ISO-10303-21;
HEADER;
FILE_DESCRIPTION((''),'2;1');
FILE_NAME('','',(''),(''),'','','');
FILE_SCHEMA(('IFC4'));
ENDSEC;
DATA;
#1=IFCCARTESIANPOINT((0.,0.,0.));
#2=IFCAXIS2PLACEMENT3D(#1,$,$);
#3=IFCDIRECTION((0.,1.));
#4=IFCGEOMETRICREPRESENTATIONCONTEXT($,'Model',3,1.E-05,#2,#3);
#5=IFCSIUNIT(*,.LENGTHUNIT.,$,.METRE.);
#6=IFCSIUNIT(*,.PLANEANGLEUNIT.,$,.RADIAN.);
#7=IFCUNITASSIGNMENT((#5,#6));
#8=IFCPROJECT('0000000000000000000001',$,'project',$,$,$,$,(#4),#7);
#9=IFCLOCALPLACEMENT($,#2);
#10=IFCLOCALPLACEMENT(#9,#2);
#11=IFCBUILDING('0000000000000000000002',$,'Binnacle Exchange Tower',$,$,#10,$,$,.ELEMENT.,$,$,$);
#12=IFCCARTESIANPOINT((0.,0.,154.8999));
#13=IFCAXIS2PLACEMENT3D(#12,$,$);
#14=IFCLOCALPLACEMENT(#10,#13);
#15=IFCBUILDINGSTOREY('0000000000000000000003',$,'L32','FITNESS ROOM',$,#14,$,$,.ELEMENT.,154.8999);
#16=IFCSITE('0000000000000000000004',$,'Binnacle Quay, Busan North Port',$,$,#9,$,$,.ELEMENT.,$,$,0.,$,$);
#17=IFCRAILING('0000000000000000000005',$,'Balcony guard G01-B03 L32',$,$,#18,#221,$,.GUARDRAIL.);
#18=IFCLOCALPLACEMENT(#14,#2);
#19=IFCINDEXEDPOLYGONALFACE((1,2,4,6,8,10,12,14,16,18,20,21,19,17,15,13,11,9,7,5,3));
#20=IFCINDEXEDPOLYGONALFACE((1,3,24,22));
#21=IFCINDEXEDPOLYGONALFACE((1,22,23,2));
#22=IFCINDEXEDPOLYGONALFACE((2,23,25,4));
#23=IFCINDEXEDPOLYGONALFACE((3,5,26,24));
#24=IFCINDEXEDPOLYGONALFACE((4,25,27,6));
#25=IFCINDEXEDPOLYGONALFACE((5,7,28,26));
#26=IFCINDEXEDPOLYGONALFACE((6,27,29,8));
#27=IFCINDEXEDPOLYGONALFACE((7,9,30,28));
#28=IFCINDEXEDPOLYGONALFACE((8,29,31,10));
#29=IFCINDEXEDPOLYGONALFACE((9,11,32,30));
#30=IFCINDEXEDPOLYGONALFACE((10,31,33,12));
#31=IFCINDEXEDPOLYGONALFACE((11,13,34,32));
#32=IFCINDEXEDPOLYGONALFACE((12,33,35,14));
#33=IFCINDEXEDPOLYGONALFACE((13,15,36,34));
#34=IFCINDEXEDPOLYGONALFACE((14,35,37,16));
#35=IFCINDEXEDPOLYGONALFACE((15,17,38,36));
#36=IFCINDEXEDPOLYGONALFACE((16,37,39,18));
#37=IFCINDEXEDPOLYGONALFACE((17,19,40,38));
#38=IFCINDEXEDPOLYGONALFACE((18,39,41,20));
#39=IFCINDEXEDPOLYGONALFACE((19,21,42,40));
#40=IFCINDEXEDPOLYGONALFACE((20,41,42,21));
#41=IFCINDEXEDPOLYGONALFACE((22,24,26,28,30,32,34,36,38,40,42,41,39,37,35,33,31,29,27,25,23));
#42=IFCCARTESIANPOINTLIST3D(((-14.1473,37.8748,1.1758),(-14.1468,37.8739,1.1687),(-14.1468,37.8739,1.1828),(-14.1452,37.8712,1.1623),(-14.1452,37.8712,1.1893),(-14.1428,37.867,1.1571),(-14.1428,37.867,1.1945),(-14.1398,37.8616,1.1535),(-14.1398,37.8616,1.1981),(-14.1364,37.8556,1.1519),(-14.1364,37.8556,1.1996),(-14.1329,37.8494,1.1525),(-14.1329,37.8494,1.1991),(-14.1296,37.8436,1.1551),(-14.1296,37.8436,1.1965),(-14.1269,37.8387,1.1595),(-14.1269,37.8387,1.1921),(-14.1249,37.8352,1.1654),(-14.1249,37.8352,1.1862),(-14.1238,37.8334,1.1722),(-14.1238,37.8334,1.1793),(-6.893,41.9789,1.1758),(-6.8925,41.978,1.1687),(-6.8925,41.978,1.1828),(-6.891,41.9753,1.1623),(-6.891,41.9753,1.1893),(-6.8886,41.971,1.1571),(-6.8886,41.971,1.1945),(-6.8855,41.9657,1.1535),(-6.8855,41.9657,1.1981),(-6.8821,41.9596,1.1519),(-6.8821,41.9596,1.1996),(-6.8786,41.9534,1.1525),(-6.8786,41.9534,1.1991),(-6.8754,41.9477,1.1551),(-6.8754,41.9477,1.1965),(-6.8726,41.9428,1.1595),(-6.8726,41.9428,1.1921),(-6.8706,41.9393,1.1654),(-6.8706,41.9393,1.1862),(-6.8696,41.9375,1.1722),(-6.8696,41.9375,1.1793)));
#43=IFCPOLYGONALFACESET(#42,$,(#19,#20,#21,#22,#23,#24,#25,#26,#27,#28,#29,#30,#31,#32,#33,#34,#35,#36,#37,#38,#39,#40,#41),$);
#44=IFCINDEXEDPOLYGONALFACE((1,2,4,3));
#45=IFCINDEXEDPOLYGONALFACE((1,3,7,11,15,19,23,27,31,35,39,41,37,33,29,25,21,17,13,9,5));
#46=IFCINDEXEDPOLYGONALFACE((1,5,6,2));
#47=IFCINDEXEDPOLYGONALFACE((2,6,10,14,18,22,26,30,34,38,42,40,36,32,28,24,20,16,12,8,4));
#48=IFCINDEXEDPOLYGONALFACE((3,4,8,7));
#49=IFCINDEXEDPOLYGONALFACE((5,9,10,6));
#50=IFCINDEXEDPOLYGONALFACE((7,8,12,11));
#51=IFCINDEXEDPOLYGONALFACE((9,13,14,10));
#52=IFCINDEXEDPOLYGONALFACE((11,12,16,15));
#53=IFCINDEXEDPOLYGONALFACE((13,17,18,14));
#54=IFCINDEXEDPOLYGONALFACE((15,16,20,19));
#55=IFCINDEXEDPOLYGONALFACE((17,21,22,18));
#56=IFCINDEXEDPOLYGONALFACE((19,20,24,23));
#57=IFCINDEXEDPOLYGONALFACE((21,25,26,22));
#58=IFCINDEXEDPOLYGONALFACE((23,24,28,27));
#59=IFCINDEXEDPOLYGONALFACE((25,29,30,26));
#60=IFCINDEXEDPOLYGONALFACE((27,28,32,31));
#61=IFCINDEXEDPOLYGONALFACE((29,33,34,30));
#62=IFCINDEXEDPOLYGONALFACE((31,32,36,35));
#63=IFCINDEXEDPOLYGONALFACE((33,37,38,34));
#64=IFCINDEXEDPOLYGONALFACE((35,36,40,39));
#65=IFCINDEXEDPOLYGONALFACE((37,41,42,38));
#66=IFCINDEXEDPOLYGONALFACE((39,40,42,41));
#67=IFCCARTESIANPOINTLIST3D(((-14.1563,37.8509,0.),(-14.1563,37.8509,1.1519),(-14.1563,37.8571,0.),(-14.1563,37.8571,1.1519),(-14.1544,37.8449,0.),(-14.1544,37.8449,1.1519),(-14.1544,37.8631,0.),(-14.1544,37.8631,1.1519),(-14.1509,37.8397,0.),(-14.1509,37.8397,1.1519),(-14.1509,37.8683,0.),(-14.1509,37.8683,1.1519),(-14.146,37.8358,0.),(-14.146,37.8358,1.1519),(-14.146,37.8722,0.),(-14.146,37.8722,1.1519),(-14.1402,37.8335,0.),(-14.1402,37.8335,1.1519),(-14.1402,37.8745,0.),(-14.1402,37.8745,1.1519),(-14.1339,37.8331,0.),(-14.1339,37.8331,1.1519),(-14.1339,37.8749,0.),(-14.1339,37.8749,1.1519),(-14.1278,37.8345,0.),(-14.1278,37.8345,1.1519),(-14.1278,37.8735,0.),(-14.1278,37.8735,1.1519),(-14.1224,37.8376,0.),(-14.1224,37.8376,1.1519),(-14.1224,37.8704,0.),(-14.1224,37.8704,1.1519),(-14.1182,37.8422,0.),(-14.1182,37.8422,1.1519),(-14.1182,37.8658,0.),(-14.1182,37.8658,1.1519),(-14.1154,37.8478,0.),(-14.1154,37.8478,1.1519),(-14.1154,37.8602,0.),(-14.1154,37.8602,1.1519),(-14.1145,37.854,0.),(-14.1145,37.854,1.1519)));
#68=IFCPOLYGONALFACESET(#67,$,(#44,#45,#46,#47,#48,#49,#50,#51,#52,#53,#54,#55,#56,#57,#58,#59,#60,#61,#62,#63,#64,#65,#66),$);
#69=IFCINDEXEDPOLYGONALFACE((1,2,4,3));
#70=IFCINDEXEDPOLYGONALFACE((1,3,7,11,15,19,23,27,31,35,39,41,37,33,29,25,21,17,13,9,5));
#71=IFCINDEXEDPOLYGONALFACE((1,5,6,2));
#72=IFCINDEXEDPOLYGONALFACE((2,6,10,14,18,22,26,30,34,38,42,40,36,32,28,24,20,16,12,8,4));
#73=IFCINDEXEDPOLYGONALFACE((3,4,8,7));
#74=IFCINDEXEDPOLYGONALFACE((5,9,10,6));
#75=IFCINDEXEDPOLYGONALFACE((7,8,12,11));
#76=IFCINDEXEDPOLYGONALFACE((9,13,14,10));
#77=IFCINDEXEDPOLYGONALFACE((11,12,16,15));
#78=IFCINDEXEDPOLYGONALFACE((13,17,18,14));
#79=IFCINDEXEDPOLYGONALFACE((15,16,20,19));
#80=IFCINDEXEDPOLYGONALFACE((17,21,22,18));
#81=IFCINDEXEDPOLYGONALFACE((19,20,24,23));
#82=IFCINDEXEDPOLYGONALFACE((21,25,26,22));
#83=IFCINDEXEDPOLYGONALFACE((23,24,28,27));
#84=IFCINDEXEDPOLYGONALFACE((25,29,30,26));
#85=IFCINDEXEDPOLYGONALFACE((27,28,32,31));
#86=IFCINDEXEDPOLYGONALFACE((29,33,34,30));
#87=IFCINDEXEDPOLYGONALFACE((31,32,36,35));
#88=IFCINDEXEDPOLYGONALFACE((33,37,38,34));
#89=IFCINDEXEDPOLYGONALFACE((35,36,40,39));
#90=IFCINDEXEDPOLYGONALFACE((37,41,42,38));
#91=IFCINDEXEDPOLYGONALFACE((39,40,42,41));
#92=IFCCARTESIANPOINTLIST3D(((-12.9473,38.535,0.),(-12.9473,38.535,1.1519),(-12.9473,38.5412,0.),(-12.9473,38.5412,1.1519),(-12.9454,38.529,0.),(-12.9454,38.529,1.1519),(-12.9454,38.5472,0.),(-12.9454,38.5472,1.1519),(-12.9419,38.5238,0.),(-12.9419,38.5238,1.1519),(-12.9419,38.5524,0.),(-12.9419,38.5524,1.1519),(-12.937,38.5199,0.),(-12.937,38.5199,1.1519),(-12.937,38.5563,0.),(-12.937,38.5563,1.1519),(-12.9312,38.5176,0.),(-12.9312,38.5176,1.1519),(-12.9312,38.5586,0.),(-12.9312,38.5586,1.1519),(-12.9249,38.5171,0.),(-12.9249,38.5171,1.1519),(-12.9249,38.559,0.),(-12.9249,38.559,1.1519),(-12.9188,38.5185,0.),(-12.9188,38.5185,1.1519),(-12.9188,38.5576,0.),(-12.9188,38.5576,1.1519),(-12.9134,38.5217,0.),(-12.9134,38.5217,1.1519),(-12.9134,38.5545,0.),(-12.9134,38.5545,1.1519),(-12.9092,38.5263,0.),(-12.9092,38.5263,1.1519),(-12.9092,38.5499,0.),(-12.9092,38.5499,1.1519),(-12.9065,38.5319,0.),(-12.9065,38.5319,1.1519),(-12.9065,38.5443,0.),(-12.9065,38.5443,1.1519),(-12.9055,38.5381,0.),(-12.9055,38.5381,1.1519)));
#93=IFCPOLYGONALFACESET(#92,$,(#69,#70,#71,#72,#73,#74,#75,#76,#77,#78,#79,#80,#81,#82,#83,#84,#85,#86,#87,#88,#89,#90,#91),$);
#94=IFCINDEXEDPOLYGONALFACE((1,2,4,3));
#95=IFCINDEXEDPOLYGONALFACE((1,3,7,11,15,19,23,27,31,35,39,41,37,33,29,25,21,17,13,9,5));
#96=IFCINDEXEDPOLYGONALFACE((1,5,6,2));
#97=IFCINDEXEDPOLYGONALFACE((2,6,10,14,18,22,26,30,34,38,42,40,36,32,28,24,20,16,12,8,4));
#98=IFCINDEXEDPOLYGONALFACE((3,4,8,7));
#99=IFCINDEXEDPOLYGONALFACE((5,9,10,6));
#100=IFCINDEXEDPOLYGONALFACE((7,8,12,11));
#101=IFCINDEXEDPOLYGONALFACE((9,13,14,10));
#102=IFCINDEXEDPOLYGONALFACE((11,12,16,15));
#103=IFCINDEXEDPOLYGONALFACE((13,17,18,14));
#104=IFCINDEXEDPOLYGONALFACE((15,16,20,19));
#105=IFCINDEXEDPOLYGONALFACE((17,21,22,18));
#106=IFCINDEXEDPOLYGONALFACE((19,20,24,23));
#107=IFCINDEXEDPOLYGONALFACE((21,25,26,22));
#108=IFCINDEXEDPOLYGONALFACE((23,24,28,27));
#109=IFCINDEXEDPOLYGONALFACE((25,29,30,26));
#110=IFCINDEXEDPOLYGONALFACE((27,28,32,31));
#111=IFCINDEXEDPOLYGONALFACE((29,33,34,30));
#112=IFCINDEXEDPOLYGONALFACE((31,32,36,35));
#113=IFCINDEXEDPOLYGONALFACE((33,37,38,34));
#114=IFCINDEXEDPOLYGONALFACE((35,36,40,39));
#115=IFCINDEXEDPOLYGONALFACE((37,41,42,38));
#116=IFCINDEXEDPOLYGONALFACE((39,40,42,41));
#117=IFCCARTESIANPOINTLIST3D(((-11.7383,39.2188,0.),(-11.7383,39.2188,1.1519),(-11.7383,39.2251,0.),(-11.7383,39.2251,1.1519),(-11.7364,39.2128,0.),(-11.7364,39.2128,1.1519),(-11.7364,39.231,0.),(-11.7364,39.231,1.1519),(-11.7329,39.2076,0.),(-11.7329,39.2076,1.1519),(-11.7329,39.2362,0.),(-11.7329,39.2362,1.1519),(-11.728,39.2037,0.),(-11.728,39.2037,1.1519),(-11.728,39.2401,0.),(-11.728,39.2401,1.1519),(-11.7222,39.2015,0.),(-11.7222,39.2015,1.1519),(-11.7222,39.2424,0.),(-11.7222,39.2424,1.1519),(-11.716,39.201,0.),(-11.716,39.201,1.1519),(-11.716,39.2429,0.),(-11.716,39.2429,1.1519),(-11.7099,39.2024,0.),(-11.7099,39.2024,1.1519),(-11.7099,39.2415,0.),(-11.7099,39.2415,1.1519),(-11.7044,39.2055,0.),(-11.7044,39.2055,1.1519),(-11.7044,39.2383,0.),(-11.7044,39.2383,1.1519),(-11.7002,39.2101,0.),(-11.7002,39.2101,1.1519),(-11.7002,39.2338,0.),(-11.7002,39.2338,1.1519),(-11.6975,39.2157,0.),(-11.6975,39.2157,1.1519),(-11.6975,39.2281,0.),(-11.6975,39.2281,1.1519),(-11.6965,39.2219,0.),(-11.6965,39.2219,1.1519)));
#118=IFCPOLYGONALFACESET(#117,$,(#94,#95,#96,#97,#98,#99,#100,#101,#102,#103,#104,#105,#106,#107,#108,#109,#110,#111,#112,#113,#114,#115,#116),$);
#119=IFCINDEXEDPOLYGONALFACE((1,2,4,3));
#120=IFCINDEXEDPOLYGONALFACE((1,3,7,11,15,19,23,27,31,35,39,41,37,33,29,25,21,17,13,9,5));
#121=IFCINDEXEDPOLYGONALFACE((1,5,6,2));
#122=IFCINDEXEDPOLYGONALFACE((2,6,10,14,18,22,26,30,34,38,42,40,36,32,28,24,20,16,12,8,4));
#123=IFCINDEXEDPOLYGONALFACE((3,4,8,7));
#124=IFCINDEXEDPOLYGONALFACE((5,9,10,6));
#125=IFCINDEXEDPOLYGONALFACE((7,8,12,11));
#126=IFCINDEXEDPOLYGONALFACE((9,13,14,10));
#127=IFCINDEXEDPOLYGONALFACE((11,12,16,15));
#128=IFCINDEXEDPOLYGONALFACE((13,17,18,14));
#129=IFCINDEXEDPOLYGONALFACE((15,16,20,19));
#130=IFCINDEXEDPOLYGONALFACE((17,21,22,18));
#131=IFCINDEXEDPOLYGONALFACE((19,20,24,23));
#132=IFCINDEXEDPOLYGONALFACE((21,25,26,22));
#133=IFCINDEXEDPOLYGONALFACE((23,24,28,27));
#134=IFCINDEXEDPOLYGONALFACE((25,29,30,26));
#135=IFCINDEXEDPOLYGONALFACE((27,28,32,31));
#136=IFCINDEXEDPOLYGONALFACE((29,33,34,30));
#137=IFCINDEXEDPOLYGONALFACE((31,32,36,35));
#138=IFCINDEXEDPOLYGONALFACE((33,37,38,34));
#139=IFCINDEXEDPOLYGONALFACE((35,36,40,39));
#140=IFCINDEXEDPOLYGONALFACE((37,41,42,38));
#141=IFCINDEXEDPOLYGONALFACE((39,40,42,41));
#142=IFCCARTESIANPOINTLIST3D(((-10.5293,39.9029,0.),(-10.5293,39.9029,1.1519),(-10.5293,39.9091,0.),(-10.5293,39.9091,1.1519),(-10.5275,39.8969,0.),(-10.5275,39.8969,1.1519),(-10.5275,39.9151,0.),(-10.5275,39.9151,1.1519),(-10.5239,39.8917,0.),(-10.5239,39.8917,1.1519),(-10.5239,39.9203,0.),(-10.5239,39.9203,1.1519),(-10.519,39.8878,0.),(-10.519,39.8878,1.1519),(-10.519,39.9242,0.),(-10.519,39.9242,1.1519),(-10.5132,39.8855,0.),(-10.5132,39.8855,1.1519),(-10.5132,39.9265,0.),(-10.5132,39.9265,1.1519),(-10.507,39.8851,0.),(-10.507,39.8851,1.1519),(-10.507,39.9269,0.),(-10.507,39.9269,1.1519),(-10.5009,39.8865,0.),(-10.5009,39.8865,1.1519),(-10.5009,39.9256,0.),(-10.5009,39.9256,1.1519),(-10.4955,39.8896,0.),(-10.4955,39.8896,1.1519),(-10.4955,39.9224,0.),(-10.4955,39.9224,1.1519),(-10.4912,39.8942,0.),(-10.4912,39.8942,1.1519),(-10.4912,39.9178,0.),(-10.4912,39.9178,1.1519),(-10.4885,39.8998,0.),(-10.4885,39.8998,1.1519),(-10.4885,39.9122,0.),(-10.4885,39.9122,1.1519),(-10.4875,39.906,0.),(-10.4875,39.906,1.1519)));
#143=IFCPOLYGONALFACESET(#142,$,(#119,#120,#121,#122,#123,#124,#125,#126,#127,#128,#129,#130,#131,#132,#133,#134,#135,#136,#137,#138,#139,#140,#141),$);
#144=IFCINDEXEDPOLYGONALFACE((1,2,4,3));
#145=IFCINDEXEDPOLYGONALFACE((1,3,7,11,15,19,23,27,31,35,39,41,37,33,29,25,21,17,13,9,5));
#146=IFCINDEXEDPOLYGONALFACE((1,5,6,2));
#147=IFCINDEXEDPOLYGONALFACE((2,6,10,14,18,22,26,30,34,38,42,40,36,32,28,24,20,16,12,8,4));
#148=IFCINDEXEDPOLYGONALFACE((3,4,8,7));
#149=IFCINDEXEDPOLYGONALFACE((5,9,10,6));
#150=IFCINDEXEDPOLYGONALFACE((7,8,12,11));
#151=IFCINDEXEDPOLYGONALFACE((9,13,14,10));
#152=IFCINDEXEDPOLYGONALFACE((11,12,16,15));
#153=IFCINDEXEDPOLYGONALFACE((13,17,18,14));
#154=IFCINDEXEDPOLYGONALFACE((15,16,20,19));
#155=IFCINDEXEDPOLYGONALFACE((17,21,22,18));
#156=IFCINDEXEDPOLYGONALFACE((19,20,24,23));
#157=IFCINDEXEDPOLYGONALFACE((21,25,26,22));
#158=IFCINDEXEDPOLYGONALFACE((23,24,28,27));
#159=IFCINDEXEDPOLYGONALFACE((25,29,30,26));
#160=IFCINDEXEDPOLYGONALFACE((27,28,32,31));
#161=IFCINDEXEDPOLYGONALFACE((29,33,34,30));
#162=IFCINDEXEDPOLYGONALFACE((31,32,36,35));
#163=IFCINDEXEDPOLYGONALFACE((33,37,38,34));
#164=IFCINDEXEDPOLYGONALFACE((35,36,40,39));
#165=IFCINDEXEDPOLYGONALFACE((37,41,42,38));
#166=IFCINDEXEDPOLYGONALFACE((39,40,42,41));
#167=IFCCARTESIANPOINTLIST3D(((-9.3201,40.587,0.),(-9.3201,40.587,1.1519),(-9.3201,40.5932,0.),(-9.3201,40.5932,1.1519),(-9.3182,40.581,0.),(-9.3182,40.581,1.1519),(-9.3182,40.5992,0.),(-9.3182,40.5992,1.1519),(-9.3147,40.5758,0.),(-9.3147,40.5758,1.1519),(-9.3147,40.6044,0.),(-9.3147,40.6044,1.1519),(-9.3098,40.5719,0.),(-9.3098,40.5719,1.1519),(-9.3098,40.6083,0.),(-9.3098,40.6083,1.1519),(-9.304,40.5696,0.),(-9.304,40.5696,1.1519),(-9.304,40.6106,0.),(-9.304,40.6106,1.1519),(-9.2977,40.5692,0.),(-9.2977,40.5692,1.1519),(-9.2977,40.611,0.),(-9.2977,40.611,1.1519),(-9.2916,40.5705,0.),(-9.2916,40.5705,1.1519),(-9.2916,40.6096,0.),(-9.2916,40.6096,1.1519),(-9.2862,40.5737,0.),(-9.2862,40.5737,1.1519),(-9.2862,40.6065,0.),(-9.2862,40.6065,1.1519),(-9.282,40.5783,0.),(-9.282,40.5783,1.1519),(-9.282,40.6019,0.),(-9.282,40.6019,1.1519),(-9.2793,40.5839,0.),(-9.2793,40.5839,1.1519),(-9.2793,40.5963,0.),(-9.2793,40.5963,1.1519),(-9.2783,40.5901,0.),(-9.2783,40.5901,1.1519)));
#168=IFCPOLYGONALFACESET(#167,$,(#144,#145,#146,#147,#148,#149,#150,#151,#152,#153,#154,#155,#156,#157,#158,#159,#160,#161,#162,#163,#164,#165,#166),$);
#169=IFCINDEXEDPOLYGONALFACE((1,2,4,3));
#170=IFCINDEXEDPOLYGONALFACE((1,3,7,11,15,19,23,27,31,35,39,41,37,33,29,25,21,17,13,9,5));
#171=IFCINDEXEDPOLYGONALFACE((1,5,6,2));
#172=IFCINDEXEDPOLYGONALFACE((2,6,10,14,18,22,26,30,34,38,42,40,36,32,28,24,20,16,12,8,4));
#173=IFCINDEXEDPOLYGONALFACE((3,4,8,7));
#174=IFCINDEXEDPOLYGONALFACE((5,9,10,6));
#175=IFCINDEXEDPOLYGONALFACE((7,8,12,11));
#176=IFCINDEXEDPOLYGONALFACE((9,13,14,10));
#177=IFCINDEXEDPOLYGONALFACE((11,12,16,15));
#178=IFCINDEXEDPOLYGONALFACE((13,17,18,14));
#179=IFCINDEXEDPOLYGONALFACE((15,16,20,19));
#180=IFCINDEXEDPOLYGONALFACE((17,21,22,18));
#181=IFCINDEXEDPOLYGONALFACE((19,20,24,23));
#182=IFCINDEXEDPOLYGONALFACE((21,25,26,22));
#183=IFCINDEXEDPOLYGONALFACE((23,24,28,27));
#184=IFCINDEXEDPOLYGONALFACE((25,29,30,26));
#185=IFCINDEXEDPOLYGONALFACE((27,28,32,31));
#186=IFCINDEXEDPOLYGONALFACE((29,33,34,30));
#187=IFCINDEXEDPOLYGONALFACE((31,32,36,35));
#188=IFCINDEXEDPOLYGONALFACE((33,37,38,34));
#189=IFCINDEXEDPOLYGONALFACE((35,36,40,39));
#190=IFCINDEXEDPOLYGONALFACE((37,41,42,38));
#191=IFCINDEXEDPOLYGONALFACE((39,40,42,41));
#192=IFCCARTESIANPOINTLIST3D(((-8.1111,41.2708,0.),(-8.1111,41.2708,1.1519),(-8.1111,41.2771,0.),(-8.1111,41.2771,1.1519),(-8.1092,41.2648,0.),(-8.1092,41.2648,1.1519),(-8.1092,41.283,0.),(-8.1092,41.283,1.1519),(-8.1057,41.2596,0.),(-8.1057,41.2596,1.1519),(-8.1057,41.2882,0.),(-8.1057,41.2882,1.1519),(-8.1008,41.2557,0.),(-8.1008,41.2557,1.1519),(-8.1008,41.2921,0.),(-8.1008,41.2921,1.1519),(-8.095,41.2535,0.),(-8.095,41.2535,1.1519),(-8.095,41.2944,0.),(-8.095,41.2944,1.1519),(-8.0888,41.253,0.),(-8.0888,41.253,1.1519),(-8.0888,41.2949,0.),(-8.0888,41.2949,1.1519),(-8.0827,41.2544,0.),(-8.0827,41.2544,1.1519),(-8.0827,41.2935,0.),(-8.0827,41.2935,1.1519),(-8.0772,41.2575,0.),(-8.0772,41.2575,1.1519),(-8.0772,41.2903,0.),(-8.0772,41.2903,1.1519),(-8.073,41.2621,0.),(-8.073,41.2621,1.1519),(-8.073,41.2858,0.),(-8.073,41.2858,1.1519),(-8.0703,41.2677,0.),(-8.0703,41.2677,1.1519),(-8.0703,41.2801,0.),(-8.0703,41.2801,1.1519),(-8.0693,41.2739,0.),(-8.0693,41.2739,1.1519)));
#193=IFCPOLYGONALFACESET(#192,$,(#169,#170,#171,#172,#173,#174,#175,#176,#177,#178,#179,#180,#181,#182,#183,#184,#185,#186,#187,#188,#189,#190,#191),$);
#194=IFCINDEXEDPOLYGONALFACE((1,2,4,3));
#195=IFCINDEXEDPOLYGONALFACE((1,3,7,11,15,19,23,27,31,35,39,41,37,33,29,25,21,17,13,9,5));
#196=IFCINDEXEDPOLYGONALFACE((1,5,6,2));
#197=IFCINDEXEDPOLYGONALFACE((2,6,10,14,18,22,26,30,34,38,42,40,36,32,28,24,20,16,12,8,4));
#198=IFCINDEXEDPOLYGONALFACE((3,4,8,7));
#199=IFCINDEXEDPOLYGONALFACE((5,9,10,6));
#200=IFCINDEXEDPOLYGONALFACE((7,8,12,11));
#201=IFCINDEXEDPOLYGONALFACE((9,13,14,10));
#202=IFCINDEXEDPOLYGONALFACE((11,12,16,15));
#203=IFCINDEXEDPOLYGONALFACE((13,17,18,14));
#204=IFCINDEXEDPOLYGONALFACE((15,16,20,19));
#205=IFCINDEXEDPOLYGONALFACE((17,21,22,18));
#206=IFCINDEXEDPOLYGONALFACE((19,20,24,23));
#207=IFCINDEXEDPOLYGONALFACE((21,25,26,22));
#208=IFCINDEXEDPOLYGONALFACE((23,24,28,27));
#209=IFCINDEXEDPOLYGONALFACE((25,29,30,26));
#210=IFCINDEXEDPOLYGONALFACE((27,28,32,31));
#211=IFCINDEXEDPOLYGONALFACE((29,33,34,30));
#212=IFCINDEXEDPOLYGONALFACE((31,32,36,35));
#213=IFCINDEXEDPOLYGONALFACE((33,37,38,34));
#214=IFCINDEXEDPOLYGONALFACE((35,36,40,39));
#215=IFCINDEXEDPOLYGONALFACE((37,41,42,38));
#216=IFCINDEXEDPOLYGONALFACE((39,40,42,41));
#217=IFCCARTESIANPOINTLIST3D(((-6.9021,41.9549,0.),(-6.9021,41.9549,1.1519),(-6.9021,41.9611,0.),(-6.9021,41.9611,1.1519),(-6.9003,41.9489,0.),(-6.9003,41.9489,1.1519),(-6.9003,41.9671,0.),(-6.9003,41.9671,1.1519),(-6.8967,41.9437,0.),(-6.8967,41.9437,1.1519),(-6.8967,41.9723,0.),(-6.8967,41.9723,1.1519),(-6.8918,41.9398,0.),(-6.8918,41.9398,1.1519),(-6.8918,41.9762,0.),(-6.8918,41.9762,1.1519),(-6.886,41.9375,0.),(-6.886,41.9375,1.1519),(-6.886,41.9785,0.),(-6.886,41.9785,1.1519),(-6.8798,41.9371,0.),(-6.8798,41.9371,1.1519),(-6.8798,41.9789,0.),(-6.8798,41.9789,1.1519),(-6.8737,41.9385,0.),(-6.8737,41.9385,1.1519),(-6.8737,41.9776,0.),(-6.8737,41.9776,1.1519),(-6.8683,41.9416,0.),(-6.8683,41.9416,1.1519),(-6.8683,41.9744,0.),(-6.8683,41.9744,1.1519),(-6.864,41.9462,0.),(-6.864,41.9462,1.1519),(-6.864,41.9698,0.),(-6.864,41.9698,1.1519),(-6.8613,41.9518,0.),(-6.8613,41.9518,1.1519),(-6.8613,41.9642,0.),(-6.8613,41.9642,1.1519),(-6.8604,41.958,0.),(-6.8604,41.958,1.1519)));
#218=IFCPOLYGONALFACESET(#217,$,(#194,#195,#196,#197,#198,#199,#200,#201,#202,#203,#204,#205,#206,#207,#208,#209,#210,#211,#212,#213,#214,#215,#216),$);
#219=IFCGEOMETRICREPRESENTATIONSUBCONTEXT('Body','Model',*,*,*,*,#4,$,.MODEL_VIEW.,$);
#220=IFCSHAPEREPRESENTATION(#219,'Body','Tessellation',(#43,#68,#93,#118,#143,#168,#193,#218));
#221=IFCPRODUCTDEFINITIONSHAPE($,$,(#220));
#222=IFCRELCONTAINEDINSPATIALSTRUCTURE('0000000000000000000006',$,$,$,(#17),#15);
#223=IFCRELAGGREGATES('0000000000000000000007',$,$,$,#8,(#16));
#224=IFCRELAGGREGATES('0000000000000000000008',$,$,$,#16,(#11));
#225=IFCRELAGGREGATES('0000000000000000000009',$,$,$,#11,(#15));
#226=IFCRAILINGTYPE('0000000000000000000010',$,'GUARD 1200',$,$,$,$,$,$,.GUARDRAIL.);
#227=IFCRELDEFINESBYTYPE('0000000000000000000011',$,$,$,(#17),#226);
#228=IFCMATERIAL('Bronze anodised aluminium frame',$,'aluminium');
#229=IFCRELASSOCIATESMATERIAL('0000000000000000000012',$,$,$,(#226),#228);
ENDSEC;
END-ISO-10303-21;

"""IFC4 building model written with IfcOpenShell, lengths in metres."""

from ifc_helpers import new_model, si_unit, direction, frame, origin, origin_2d, place, context, subcontext, project, spatial, circle, extrude, material, type_object, element, save


model = new_model("IFC4")

# Units and contexts
model_context = context("Model", 3, precision=1e-05, world=origin(), true_north=direction((0.0, 1.0)))
body_context = subcontext(model_context, "Body", "Model", "MODEL_VIEW")
ifc_project = project(units=[si_unit("LENGTHUNIT", "METRE"), si_unit("PLANEANGLEUNIT", "RADIAN")], contexts=[model_context])

# Site, building, storey
site_placement = place(None, origin())
site = spatial("IfcSite", under=ifc_project, at=site_placement, Name="Binnacle Quay, Busan North Port", CompositionType="ELEMENT", RefElevation=0.0)
building_placement = place(site_placement, origin())
building = spatial("IfcBuilding", under=site, at=building_placement, Name="Binnacle Exchange Tower", CompositionType="ELEMENT")
storey_placement = place(building_placement, frame((0.0, 0.0, 154.8999)))
storey = spatial("IfcBuildingStorey", under=building, at=storey_placement, Name="L32", Description="FITNESS ROOM", CompositionType="ELEMENT", Elevation=154.8999)

# Railing
ifc_material_1 = material(Name="Bronze anodised aluminium frame", Category="aluminium")
railing_type = type_object("IfcRailingType", Name="GUARD 1200", PredefinedType="GUARDRAIL", material=ifc_material_1)
railing_1_placement = place(storey_placement, frame((-14.1355, 37.854, 0.0)))
element("IfcRailing", 1, at=railing_1_placement, inside=storey, type_object=railing_type, Name="Balcony guard G01-B03 L32", PredefinedType="GUARDRAIL", context=body_context, shape_type="SweptSolid", body=[
    extrude(circle(Radius=0.0239, at=origin_2d()), frame((0.0, 0.0, 1.1758), z_axis=(0.870366, 0.492406, 0.0), x_axis=(-0.492406, 0.870366, 0.0)), (0.0, 0.0, 1.0), 8.3347),
    extrude(circle(Radius=0.021, at=origin_2d()), origin(), (0.0, 0.0, 1.0), 1.1519),
    extrude(circle(Radius=0.021, at=origin_2d()), frame((1.209, 0.6841, 0.0)), (0.0, 0.0, 1.0), 1.1519),
    extrude(circle(Radius=0.021, at=origin_2d()), frame((2.418, 1.3679, 0.0)), (0.0, 0.0, 1.0), 1.1519),
    extrude(circle(Radius=0.021, at=origin_2d()), frame((3.627, 2.052, 0.0)), (0.0, 0.0, 1.0), 1.1519),
    extrude(circle(Radius=0.021, at=origin_2d()), frame((4.8362, 2.7361, 0.0)), (0.0, 0.0, 1.0), 1.1519),
    extrude(circle(Radius=0.021, at=origin_2d()), frame((6.0452, 3.4199, 0.0)), (0.0, 0.0, 1.0), 1.1519),
    extrude(circle(Radius=0.021, at=origin_2d()), frame((7.2542, 4.104, 0.0)), (0.0, 0.0, 1.0), 1.1519),
])

save(model, "model.ifc")
